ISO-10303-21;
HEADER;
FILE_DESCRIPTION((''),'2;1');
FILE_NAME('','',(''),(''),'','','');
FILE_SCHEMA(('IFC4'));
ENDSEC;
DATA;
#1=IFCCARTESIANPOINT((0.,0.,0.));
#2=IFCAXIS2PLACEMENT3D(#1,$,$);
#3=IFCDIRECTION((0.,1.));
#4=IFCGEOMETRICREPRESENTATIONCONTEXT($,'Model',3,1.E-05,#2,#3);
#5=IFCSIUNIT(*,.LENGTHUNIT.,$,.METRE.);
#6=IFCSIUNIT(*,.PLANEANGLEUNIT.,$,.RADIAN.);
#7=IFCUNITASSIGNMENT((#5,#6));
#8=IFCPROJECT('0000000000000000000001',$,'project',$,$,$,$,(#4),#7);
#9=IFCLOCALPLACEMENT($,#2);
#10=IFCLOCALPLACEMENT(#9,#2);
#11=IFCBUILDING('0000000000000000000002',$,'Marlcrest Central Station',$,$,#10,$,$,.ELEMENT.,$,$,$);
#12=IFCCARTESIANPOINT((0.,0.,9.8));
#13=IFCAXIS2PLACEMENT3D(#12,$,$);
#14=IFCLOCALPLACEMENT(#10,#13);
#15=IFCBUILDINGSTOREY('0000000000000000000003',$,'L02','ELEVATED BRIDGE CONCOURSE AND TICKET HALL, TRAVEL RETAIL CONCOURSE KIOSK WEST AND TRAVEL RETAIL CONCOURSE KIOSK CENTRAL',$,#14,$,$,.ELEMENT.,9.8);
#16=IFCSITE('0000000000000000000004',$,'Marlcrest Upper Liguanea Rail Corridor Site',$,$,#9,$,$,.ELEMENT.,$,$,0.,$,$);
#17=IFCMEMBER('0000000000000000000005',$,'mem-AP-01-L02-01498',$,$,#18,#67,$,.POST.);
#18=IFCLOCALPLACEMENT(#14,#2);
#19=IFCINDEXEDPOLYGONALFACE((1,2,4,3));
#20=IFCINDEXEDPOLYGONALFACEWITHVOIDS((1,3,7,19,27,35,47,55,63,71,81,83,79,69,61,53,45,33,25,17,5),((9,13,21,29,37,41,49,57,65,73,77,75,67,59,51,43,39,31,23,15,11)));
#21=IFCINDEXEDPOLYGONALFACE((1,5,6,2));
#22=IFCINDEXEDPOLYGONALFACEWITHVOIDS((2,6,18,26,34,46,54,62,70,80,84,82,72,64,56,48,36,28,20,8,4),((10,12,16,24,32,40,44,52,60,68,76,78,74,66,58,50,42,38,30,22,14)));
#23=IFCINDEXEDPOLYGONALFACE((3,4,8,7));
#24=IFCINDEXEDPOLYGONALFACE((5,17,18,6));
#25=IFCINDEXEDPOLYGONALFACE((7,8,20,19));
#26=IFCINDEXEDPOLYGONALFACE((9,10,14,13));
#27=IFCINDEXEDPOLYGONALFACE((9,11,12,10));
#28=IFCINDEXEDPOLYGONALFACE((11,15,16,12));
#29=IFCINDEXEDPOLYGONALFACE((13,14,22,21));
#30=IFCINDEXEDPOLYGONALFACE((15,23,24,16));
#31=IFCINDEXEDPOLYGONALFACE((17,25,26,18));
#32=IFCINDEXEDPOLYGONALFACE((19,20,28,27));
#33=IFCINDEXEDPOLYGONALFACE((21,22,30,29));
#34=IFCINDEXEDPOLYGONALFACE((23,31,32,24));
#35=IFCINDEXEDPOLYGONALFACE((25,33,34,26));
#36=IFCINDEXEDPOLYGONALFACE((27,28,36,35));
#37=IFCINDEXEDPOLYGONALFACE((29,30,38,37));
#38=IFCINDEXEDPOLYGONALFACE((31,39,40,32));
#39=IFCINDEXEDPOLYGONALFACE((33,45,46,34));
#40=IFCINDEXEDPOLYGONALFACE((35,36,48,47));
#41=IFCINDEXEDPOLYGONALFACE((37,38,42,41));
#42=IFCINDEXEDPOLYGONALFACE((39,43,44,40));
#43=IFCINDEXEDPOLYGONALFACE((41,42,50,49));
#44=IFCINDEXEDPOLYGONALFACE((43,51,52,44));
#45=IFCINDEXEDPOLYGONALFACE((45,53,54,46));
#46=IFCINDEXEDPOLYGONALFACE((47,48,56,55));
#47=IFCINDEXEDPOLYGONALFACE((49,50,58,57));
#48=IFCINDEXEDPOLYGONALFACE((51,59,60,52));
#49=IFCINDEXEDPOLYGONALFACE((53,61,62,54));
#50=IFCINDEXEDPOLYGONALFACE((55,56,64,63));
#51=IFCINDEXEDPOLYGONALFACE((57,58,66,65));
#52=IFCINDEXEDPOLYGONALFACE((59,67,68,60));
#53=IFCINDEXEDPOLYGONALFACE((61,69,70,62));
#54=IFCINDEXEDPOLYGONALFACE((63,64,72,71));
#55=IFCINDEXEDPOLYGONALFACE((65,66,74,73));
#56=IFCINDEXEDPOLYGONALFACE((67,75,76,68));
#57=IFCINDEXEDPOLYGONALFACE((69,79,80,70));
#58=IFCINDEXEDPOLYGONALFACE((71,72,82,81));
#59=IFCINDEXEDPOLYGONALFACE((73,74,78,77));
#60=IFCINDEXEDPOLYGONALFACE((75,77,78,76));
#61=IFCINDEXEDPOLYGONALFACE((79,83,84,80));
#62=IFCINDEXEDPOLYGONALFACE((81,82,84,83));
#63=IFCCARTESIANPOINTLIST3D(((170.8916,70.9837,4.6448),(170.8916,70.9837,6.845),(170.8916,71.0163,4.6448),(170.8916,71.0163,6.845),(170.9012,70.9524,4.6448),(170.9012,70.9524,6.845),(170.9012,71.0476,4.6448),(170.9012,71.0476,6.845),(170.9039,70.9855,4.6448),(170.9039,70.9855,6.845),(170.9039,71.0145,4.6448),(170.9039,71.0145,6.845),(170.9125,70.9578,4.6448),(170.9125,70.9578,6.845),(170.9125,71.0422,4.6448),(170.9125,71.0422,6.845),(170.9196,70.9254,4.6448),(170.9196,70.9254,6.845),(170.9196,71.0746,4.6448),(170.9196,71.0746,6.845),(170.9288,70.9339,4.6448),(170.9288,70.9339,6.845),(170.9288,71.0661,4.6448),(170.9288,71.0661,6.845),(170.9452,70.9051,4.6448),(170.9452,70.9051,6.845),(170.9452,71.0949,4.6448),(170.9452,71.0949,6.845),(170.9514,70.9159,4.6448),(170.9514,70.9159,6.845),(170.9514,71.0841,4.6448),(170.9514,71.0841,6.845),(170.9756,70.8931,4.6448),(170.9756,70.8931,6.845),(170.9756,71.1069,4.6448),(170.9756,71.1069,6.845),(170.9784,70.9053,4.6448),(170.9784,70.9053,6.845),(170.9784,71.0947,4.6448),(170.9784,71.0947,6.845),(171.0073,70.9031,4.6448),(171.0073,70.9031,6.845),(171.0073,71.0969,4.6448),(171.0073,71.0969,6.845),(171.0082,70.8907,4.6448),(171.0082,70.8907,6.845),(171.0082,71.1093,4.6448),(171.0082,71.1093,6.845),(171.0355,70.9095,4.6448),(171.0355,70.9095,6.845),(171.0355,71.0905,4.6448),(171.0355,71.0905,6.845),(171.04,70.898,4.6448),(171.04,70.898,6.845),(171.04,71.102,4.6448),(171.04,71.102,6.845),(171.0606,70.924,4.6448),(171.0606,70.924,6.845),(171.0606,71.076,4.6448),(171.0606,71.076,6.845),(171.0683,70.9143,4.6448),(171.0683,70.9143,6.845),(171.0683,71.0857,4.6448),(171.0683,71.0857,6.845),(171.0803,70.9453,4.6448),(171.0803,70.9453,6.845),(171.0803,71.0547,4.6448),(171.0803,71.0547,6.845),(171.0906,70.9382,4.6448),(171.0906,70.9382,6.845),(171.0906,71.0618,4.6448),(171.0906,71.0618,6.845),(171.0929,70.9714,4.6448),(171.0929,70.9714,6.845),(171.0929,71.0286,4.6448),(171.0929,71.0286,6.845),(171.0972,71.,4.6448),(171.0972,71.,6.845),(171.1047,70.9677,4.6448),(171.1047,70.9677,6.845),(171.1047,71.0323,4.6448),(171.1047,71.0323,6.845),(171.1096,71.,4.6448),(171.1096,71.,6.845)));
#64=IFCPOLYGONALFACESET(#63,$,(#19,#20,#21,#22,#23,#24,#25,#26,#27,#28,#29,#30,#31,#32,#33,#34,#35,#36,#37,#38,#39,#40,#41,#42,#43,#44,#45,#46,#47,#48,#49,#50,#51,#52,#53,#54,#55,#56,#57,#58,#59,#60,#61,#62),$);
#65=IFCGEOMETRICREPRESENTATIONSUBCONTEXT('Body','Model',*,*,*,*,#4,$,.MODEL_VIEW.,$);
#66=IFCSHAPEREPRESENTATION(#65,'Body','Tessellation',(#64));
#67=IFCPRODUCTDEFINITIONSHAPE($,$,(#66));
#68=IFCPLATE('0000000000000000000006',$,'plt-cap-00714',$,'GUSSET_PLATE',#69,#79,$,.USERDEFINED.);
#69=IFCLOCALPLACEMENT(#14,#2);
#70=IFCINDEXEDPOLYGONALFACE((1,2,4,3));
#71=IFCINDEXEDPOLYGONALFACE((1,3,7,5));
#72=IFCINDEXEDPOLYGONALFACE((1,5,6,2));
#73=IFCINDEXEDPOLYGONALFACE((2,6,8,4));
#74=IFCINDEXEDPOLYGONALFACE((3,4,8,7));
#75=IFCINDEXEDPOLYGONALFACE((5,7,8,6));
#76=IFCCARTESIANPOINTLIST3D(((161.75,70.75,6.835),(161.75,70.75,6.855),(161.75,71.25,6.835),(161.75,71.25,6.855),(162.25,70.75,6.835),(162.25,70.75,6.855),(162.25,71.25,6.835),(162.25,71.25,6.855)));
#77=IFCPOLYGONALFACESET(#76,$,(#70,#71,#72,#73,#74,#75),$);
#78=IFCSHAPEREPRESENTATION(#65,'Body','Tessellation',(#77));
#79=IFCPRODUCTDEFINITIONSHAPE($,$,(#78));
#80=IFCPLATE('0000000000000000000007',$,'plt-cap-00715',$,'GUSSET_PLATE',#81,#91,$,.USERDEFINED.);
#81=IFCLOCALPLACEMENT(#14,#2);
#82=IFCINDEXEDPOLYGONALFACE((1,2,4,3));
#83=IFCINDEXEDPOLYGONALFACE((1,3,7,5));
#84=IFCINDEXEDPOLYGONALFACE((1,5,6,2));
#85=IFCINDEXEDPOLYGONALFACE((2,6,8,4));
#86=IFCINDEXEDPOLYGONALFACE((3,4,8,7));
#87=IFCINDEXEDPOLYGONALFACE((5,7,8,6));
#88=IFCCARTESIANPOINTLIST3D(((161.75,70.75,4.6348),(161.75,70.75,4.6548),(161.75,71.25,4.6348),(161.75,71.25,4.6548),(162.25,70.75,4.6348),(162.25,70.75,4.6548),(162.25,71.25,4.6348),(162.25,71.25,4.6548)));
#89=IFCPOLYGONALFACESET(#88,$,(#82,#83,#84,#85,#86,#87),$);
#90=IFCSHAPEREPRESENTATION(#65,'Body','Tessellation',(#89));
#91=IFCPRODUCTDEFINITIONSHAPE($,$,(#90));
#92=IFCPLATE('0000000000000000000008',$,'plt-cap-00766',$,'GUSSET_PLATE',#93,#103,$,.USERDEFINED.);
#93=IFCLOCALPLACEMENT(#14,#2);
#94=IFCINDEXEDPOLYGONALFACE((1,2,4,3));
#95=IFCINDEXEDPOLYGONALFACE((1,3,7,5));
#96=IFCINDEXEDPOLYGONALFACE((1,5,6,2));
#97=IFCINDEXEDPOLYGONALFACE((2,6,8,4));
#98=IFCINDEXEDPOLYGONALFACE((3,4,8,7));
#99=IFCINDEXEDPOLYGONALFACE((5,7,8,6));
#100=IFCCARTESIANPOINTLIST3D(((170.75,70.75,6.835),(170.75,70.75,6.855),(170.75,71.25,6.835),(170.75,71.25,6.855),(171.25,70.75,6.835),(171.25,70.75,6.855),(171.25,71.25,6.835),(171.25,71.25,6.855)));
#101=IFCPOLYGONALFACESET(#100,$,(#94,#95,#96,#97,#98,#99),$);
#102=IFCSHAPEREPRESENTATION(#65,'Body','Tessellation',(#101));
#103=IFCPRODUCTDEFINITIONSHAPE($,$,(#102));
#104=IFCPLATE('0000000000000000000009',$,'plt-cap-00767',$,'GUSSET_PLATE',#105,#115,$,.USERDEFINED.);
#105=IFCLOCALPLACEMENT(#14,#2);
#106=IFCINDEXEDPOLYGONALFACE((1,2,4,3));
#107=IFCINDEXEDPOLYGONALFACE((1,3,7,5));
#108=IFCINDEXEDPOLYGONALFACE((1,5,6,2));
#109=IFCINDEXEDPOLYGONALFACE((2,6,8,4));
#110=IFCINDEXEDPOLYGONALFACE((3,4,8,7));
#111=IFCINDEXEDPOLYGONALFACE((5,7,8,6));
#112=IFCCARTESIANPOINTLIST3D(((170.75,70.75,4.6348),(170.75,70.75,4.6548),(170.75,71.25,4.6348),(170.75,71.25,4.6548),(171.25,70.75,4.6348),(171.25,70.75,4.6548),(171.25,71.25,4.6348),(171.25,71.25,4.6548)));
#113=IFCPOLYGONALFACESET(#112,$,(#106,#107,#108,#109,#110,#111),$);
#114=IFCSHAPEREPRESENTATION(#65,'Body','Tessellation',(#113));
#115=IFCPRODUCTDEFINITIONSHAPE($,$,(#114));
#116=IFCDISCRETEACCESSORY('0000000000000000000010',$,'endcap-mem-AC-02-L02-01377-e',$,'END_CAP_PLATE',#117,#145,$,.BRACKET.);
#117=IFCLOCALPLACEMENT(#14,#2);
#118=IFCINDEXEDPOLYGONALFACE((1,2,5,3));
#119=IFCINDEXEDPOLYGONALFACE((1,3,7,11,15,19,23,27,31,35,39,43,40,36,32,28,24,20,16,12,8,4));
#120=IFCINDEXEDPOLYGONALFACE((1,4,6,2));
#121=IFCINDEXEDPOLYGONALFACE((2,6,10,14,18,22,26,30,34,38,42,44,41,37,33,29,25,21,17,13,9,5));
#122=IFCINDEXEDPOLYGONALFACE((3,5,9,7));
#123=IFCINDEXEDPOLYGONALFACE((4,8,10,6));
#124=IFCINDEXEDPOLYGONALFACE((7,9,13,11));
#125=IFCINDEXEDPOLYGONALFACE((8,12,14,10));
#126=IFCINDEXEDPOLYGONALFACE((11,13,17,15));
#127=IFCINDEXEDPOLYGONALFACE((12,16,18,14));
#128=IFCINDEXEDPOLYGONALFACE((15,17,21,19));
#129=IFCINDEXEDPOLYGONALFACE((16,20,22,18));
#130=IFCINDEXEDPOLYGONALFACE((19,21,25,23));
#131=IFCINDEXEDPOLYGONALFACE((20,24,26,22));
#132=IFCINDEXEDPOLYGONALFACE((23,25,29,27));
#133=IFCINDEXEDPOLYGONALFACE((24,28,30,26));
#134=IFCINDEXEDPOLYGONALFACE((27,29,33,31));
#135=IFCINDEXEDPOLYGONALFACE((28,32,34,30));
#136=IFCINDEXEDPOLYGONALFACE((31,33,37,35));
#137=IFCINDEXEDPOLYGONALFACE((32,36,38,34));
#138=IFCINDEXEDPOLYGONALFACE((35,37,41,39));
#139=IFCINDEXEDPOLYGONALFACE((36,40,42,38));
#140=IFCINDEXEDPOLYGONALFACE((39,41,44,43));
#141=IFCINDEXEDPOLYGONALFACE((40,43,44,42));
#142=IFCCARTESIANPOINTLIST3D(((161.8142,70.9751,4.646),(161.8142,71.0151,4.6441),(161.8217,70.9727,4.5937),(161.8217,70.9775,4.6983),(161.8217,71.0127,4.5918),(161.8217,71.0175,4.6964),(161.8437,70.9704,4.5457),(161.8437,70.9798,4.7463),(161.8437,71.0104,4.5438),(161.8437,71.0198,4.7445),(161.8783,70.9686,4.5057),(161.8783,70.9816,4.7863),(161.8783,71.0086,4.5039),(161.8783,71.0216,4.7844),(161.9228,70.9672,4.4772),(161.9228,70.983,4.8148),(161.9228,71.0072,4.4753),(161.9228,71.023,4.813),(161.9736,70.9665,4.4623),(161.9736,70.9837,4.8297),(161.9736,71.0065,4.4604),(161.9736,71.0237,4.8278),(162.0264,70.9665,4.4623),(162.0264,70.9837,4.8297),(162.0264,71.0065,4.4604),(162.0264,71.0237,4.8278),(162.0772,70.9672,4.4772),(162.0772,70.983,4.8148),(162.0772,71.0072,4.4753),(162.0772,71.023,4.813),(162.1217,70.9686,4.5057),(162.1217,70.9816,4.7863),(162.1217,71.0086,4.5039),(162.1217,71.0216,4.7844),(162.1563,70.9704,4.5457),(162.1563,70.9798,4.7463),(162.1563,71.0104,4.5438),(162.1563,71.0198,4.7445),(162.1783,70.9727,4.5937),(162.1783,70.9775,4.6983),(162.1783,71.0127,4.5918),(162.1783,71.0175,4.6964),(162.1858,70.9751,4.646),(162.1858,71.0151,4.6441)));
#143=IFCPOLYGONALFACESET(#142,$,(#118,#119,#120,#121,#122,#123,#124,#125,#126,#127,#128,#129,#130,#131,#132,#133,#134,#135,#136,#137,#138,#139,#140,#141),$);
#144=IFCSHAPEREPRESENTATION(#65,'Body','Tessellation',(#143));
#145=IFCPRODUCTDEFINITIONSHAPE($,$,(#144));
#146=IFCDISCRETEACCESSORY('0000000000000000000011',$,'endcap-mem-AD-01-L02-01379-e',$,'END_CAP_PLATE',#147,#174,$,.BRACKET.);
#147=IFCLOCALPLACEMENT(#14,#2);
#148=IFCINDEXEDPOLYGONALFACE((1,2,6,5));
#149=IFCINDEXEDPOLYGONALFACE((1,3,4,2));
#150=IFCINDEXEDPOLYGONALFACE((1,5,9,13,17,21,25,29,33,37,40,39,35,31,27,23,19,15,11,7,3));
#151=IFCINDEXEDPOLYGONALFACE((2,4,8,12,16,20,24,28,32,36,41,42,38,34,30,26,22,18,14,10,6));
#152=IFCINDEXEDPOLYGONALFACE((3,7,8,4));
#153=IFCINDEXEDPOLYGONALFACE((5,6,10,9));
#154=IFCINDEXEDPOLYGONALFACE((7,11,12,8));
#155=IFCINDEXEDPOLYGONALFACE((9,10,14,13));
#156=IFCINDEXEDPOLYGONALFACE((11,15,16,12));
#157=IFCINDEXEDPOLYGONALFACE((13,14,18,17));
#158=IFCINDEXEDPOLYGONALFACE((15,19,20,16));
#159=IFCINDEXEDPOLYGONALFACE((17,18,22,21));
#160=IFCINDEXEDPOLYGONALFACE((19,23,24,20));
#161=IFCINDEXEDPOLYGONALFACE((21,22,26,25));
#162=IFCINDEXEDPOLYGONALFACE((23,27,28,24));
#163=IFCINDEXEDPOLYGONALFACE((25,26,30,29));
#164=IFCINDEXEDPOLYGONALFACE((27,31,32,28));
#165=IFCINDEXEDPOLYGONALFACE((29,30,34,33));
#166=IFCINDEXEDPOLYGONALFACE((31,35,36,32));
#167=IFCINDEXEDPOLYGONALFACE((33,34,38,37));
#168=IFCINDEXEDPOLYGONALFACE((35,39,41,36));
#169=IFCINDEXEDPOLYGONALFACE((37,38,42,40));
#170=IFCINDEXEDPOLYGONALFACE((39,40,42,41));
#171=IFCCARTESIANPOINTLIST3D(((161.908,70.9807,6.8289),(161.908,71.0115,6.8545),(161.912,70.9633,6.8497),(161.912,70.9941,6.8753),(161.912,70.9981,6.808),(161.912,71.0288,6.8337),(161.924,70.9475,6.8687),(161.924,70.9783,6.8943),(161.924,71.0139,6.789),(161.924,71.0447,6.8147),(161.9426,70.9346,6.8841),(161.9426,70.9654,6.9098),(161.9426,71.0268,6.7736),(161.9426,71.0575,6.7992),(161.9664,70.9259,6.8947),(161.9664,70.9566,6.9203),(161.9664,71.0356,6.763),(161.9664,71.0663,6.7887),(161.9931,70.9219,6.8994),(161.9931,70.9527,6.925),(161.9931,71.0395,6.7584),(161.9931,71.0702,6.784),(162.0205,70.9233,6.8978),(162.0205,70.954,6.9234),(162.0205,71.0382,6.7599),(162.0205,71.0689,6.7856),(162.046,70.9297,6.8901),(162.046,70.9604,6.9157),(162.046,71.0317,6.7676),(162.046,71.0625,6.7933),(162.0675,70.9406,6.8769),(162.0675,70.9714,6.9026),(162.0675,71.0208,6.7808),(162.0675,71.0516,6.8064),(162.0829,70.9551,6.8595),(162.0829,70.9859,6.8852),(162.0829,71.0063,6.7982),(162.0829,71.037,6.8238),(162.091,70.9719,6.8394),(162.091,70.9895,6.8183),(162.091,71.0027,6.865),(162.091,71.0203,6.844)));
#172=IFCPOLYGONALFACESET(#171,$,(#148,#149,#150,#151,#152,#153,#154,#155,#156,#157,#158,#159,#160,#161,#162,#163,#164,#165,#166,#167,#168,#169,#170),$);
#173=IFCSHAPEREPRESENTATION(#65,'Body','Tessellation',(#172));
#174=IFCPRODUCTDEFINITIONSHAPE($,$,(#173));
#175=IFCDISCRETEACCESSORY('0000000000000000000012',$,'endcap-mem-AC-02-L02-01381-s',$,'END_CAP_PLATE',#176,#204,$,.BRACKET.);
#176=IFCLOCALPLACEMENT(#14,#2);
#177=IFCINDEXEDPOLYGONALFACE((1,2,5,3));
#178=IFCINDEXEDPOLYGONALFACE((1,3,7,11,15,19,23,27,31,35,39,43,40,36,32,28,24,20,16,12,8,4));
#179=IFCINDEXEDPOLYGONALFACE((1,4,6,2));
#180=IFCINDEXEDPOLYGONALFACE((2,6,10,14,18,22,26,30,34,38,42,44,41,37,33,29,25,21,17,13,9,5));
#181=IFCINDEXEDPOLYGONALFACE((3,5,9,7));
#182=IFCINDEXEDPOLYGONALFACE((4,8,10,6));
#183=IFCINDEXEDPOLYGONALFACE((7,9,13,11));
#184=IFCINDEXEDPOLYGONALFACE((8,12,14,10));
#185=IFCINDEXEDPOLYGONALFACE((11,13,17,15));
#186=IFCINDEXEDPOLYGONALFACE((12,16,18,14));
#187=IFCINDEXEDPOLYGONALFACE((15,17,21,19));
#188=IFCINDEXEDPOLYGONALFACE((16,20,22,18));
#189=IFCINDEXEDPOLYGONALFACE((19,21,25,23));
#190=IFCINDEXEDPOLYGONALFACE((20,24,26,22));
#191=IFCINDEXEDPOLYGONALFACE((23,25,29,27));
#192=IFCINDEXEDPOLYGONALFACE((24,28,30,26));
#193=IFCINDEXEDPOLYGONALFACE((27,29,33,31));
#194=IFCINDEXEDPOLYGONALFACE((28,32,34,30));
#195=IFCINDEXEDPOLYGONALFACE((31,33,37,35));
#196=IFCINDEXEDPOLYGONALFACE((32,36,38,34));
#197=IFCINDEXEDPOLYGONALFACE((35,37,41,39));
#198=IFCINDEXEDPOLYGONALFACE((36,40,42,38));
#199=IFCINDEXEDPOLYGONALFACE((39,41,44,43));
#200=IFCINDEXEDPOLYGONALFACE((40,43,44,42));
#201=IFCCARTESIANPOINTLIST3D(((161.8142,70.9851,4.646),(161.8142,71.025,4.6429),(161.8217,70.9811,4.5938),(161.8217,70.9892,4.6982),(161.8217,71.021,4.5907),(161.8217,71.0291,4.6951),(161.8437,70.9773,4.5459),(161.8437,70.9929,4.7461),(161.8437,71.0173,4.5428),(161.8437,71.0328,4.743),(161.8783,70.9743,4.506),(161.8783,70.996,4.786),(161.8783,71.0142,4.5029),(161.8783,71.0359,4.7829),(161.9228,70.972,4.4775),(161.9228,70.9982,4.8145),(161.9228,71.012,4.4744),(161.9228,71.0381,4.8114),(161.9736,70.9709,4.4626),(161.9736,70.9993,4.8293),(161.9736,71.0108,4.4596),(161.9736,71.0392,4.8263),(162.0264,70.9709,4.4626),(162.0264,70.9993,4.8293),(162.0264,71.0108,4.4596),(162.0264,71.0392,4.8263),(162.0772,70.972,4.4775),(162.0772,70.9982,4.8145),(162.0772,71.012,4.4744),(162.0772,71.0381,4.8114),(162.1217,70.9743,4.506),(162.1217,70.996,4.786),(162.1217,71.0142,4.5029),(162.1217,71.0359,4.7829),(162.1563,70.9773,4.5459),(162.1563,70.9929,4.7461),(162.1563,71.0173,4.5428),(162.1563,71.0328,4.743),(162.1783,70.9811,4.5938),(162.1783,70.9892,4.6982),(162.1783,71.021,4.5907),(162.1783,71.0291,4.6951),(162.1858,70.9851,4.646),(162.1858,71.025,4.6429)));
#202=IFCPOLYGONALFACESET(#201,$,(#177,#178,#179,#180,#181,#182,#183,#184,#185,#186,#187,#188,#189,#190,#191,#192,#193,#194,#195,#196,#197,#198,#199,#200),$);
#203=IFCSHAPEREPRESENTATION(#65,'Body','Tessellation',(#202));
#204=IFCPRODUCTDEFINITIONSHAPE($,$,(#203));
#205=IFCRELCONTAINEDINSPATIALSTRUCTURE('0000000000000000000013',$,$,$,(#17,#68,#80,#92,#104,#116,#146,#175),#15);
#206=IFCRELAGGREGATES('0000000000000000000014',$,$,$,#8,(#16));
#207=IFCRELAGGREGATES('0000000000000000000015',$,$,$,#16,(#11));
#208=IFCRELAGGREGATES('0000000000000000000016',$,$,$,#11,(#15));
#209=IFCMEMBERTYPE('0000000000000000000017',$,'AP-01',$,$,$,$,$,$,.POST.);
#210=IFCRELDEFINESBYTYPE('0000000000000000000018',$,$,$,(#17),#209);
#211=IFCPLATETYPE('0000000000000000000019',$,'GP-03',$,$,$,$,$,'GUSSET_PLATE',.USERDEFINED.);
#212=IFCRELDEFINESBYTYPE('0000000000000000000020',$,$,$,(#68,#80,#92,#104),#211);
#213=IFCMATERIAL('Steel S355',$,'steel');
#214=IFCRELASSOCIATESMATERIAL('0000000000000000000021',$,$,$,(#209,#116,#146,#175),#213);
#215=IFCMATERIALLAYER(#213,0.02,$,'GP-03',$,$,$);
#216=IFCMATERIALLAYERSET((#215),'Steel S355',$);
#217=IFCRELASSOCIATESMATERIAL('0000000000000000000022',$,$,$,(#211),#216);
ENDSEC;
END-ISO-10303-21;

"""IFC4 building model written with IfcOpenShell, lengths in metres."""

from ifc_helpers import new_model, si_unit, direction, frame, origin, origin_2d, place, context, subcontext, project, spatial, rectangle, circle, hollow_circle, extrude, material, layer, layer_set, material_profile, profile_set, type_object, element, save


model = new_model("IFC4")

# Units and contexts
model_context = context("Model", 3, precision=1e-05, world=origin(), true_north=direction((0.0, 1.0)))
body_context = subcontext(model_context, "Body", "Model", "MODEL_VIEW")
ifc_project = project(units=[si_unit("LENGTHUNIT", "METRE"), si_unit("PLANEANGLEUNIT", "RADIAN")], contexts=[model_context])

# Site, building, storey
site_placement = place(None, origin())
site = spatial("IfcSite", under=ifc_project, at=site_placement, Name="Marlcrest Upper Liguanea Rail Corridor Site", CompositionType="ELEMENT", RefElevation=0.0)
building_placement = place(site_placement, origin())
building = spatial("IfcBuilding", under=site, at=building_placement, Name="Marlcrest Central Station", CompositionType="ELEMENT")
storey_placement = place(building_placement, frame((0.0, 0.0, 9.8)))
storey = spatial("IfcBuildingStorey", under=building, at=storey_placement, Name="L02", Description="ELEVATED BRIDGE CONCOURSE AND TICKET HALL, TRAVEL RETAIL CONCOURSE KIOSK WEST AND TRAVEL RETAIL CONCOURSE KIOSK CENTRAL", CompositionType="ELEMENT", Elevation=9.8)

# Member
ifc_material = material(Name="Steel S355", Category="steel")
ifc_material_profile_1 = material_profile(ifc_material, hollow_circle(Radius=0.1096, WallThickness=0.0125, at=origin_2d()), Name="CHS 219.1x12.5")
ifc_profile_set_1 = profile_set([ifc_material_profile_1], Name="Steel S355")
member_type_1 = type_object("IfcMemberType", Name="AP-01", PredefinedType="POST", material=ifc_profile_set_1)
for number, where, z_axis, x_axis, name in (
    (1, (171.0, 71.0, 4.6448), (0.0, 0.0, 1.0), (1.0, 0.0, 0.0), "mem-AP-01-L02-01498"),
):
    element("IfcMember", number, at=place(storey_placement, frame(where, z_axis=z_axis, x_axis=x_axis)), inside=storey, type_object=member_type_1, Name=name, PredefinedType="POST", context=body_context, shape_type="SweptSolid", body=[
        extrude(hollow_circle(Radius=0.1096, WallThickness=0.0125, at=origin_2d()), origin(), (0.0, 0.0, 1.0), 2.2002),
    ])

# Plates
ifc_layer = layer(ifc_material, 0.02, Name="GP-03")
ifc_layer_set = layer_set([ifc_layer], Name="Steel S355")
plate_type = type_object("IfcPlateType", Name="GP-03", ElementType="GUSSET_PLATE", PredefinedType="USERDEFINED", material=ifc_layer_set)
for number, where, z_axis, x_axis, name in (
    (2, (162.0, 71.0, 6.835), (0.0, 0.0, 1.0), (1.0, 0.0, 0.0), "plt-cap-00714"),
    (3, (162.0, 71.0, 4.6348), (0.0, 0.0, 1.0), (1.0, 0.0, 0.0), "plt-cap-00715"),
    (4, (171.0, 71.0, 6.835), (0.0, 0.0, 1.0), (1.0, 0.0, 0.0), "plt-cap-00766"),
    (5, (171.0, 71.0, 4.6348), (0.0, 0.0, 1.0), (1.0, 0.0, 0.0), "plt-cap-00767"),
):
    element("IfcPlate", number, at=place(storey_placement, frame(where, z_axis=z_axis, x_axis=x_axis)), inside=storey, type_object=plate_type, Name=name, ObjectType="GUSSET_PLATE", PredefinedType="USERDEFINED", context=body_context, shape_type="SweptSolid", body=[
        extrude(rectangle(XDim=0.5, YDim=0.5, at=origin_2d()), origin(), (0.0, 0.0, 1.0), 0.02),
    ])

# Discrete accessories
discrete_accessory_1_placement = place(storey_placement, frame((162.0, 70.9751, 4.646), z_axis=(0.0, 0.998917, -0.046532), x_axis=(-1.0, 0.0, 0.0)))
element("IfcDiscreteAccessory", 6, at=discrete_accessory_1_placement, inside=storey, material=ifc_material, Name="endcap-mem-AC-02-L02-01377-e", ObjectType="END_CAP_PLATE", PredefinedType="BRACKET", context=body_context, shape_type="SweptSolid", body=[
    extrude(circle(Radius=0.1858, at=origin_2d()), origin(), (0.0, 0.0, 1.0), 0.04),
])
discrete_accessory_2_placement = place(storey_placement, frame((162.0, 70.9807, 6.8289), z_axis=(0.0, 0.76816, 0.640258), x_axis=(-1.0, 0.0, 0.0)))
element("IfcDiscreteAccessory", 7, at=discrete_accessory_2_placement, inside=storey, material=ifc_material, Name="endcap-mem-AD-01-L02-01379-e", ObjectType="END_CAP_PLATE", PredefinedType="BRACKET", context=body_context, shape_type="SweptSolid", body=[
    extrude(circle(Radius=0.092, at=origin_2d()), origin(), (0.0, 0.0, 1.0), 0.04),
])
for number, where, z_axis, x_axis, name in (
    (8, (162.0, 70.9851, 4.646), (0.0, 0.997007, -0.077307), (-1.0, 0.0, 0.0), "endcap-mem-AC-02-L02-01381-s"),
):
    element("IfcDiscreteAccessory", number, at=place(storey_placement, frame(where, z_axis=z_axis, x_axis=x_axis)), inside=storey, material=ifc_material, Name=name, ObjectType="END_CAP_PLATE", PredefinedType="BRACKET", context=body_context, shape_type="SweptSolid", body=[
        extrude(circle(Radius=0.1858, at=origin_2d()), origin(), (0.0, 0.0, 1.0), 0.04),
    ])

save(model, "model.ifc")
